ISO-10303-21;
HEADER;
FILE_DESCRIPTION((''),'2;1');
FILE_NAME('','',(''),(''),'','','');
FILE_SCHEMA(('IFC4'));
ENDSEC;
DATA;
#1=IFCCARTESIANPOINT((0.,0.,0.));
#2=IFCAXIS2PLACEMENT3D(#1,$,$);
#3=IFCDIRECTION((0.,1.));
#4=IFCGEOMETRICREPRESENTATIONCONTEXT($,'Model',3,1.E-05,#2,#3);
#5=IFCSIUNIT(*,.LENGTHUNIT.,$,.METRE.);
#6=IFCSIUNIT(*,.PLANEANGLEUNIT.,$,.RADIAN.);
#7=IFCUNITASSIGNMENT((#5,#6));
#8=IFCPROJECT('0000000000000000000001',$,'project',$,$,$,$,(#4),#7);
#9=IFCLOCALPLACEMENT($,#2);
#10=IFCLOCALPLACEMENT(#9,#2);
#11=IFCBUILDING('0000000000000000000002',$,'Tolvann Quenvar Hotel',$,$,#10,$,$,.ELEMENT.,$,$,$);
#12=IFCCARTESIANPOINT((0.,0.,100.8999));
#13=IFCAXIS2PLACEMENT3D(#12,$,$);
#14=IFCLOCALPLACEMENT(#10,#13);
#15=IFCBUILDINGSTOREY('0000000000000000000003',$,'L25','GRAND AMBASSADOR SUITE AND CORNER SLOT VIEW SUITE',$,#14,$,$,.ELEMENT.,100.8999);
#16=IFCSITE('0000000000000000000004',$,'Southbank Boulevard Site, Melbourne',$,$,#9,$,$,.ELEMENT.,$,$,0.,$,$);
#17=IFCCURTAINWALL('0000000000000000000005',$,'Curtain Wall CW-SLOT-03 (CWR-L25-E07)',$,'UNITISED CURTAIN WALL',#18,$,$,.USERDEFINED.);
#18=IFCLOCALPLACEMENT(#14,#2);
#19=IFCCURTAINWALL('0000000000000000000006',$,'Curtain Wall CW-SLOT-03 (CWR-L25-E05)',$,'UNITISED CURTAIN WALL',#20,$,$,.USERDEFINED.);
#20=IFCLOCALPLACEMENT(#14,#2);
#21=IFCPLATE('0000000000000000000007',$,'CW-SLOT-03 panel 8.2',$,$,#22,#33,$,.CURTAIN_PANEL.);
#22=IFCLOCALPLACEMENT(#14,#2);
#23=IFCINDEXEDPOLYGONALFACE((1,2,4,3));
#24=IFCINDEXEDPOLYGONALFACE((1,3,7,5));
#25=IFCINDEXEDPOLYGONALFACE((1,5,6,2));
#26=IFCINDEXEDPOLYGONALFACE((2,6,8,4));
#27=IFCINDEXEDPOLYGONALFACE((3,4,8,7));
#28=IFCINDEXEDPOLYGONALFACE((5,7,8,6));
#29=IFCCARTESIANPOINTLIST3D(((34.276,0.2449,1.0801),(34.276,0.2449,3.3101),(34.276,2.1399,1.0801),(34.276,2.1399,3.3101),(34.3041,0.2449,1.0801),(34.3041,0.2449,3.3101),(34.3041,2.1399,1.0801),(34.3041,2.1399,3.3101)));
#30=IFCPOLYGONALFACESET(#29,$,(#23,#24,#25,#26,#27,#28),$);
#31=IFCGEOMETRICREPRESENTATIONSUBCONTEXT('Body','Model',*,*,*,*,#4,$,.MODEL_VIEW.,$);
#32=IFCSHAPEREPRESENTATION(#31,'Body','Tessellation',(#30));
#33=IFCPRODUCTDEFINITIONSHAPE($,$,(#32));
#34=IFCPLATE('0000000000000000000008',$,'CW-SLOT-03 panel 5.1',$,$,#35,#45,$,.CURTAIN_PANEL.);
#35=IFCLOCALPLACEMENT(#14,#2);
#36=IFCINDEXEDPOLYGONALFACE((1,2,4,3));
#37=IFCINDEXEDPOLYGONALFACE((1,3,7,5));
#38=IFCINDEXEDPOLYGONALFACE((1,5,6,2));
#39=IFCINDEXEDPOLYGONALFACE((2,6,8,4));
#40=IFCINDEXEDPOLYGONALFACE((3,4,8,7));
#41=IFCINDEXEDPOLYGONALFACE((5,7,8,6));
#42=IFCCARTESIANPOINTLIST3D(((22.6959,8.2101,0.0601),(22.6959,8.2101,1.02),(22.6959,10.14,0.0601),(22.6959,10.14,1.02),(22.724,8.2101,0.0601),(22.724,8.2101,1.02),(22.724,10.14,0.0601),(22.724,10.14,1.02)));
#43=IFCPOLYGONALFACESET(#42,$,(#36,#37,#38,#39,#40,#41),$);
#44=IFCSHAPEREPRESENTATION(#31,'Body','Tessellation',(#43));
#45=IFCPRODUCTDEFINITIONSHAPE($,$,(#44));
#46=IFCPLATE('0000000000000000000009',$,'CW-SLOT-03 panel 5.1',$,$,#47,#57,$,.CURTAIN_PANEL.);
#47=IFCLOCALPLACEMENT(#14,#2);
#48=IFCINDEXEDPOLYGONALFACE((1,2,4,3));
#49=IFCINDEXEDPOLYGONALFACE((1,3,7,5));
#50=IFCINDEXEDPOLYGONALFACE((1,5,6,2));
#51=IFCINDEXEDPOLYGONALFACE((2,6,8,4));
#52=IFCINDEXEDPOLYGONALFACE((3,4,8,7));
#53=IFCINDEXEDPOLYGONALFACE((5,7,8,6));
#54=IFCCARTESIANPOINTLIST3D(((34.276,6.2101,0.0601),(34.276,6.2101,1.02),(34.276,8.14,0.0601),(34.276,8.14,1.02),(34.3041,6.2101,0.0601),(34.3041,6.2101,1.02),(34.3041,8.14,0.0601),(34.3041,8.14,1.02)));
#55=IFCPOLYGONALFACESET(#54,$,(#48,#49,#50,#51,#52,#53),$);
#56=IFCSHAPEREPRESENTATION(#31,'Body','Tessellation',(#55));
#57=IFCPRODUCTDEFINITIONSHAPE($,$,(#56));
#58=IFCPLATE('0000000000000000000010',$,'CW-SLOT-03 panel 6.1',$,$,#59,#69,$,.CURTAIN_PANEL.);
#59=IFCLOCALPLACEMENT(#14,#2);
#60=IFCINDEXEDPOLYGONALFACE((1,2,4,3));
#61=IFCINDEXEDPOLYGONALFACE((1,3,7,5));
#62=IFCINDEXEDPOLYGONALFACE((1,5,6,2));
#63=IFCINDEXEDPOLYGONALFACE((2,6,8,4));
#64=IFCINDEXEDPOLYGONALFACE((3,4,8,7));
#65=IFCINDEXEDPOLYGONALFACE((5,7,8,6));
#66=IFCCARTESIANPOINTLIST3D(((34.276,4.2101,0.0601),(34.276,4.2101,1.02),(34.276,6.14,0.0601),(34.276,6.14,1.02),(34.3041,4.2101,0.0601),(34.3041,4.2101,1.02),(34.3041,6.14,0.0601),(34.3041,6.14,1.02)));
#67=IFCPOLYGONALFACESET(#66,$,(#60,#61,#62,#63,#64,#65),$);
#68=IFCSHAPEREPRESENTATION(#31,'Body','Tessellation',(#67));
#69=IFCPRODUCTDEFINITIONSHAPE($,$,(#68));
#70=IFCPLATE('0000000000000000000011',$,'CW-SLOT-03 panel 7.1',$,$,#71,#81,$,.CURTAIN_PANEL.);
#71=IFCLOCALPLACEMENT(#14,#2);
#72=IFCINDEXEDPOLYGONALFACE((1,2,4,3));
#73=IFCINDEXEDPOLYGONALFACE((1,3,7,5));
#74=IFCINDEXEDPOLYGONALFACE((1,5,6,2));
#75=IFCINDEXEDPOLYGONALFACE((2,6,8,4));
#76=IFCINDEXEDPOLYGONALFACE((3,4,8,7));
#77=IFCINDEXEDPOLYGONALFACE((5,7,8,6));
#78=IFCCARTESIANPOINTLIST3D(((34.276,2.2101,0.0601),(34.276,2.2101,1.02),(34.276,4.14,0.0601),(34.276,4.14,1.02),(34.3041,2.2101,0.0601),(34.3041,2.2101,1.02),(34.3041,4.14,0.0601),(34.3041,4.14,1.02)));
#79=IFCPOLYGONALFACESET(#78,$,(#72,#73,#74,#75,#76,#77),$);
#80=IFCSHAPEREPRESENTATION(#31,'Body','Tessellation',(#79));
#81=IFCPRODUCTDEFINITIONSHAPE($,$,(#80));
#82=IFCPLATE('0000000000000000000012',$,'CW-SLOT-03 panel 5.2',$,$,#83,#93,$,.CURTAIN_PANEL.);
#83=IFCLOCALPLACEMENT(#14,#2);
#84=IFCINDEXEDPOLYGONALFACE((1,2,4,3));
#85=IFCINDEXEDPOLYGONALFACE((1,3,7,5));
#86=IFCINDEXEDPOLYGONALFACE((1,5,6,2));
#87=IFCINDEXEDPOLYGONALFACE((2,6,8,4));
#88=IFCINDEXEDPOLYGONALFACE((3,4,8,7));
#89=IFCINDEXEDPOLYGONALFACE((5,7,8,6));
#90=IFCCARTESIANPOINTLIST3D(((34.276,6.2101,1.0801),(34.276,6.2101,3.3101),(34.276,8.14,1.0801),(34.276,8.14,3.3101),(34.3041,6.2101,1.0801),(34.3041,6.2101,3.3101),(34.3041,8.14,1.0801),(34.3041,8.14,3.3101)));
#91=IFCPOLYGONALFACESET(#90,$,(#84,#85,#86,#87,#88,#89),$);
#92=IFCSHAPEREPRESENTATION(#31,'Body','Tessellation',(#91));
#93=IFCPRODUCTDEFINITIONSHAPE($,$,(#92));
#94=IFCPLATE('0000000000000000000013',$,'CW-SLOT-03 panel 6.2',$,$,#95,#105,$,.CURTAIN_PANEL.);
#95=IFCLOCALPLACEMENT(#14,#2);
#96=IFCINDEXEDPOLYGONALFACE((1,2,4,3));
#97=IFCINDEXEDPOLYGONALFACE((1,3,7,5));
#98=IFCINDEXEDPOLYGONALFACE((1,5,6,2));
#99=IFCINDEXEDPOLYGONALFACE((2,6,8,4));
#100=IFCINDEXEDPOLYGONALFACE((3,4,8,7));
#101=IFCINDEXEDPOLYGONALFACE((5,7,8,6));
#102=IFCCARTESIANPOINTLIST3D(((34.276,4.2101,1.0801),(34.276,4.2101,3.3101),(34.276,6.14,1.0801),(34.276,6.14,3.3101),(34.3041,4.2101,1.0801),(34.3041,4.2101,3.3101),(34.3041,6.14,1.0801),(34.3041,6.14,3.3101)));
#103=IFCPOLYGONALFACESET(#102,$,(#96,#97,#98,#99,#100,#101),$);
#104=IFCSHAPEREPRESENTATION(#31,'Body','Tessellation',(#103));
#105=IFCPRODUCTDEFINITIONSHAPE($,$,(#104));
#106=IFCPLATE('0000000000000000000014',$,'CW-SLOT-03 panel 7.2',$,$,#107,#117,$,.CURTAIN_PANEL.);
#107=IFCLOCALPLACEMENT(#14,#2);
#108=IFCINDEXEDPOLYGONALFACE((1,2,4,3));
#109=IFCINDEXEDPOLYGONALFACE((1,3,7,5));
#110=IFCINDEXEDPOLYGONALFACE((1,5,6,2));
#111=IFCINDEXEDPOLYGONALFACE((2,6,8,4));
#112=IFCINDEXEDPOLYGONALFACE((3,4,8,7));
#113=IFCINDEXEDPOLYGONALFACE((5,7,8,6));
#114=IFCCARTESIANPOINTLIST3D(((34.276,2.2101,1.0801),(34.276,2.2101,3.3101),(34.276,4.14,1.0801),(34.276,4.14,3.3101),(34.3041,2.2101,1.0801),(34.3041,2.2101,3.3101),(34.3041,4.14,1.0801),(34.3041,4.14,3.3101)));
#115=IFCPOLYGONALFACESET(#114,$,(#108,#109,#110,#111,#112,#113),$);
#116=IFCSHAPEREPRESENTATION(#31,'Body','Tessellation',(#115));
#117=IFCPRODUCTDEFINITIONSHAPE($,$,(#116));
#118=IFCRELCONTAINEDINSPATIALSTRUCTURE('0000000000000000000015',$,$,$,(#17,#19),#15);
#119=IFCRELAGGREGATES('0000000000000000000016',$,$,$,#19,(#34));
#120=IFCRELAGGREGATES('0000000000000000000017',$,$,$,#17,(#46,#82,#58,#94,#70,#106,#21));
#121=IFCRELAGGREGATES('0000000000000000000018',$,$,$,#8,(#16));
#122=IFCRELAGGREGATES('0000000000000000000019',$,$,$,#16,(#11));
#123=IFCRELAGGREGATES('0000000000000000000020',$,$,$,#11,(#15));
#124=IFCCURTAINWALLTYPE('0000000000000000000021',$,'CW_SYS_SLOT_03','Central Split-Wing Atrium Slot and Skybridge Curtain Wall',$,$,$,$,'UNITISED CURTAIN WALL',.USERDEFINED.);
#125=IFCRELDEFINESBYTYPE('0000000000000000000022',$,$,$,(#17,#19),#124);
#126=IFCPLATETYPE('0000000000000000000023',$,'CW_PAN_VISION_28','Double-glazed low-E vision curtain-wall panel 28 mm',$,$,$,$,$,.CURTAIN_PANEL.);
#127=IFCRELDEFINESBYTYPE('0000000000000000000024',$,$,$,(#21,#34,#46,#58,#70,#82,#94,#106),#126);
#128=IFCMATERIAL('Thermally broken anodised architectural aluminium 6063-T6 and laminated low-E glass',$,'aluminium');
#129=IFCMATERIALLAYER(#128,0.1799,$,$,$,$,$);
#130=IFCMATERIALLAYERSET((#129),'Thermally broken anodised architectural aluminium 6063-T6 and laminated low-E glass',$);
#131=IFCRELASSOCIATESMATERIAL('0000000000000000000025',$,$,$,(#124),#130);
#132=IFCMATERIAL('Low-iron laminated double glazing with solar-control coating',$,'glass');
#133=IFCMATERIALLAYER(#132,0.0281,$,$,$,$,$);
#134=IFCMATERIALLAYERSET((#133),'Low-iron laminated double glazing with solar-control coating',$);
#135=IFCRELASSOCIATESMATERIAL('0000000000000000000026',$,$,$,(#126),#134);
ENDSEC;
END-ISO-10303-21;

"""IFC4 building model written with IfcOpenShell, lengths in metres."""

from ifc_helpers import new_model, si_unit, direction, frame, origin, origin_2d, place, context, subcontext, project, spatial, rectangle, extrude, source, transform, mapped, material, layer, layer_set, type_object, element, aggregate, save


model = new_model("IFC4")

# Units and contexts
model_context = context("Model", 3, precision=1e-05, world=origin(), true_north=direction((0.0, 1.0)))
body_context = subcontext(model_context, "Body", "Model", "MODEL_VIEW")
ifc_project = project(units=[si_unit("LENGTHUNIT", "METRE"), si_unit("PLANEANGLEUNIT", "RADIAN")], contexts=[model_context])

# Site, building, storey
site_placement = place(None, origin())
site = spatial("IfcSite", under=ifc_project, at=site_placement, Name="Southbank Boulevard Site, Melbourne", CompositionType="ELEMENT", RefElevation=0.0)
building_placement = place(site_placement, origin())
building = spatial("IfcBuilding", under=site, at=building_placement, Name="Tolvann Quenvar Hotel", CompositionType="ELEMENT")
storey_placement = place(building_placement, frame((0.0, 0.0, 100.8999)))
storey = spatial("IfcBuildingStorey", under=building, at=storey_placement, Name="L25", Description="GRAND AMBASSADOR SUITE AND CORNER SLOT VIEW SUITE", CompositionType="ELEMENT", Elevation=100.8999)

# Curtain walls
ifc_material_1 = material(Name="Thermally broken anodised architectural aluminium 6063-T6 and laminated low-E glass", Category="aluminium")
ifc_layer_1 = layer(ifc_material_1, 0.1799)
ifc_layer_set_1 = layer_set([ifc_layer_1], Name="Thermally broken anodised architectural aluminium 6063-T6 and laminated low-E glass")
curtain_wall_type = type_object("IfcCurtainWallType", Name="CW_SYS_SLOT_03", Description="Central Split-Wing Atrium Slot and Skybridge Curtain Wall", ElementType="UNITISED CURTAIN WALL", PredefinedType="USERDEFINED", material=ifc_layer_set_1)
curtain_wall_1_placement = place(storey_placement, origin())
curtain_wall_1 = element("IfcCurtainWall", 1, at=curtain_wall_1_placement, inside=storey, type_object=curtain_wall_type, Name="Curtain Wall CW-SLOT-03 (CWR-L25-E07)", ObjectType="UNITISED CURTAIN WALL", PredefinedType="USERDEFINED")
curtain_wall_2_placement = place(storey_placement, origin())
curtain_wall_2 = element("IfcCurtainWall", 2, at=curtain_wall_2_placement, inside=storey, type_object=curtain_wall_type, Name="Curtain Wall CW-SLOT-03 (CWR-L25-E05)", ObjectType="UNITISED CURTAIN WALL", PredefinedType="USERDEFINED")

# Plates
ifc_material_2 = material(Name="Low-iron laminated double glazing with solar-control coating", Category="glass")
ifc_layer_2 = layer(ifc_material_2, 0.0281)
ifc_layer_set_2 = layer_set([ifc_layer_2], Name="Low-iron laminated double glazing with solar-control coating")
plate_type = type_object("IfcPlateType", Name="CW_PAN_VISION_28", Description="Double-glazed low-E vision curtain-wall panel 28 mm", PredefinedType="CURTAIN_PANEL", material=ifc_layer_set_2)
shared_shape_1 = source(origin(), body_context, "Body", "SweptSolid", [
    extrude(rectangle(XDim=1.895, YDim=0.0281, at=origin_2d()), origin(), (0.0, 0.0, 1.0), 2.23),
])
plate_1_placement = place(storey_placement, frame((34.29, 1.1924, 1.0801), z_axis=(0.0, 0.0, 1.0), x_axis=(0.0, -1.0, 0.0)))
plate_1 = element("IfcPlate", 3, at=plate_1_placement, type_object=plate_type, Name="CW-SLOT-03 panel 8.2", PredefinedType="CURTAIN_PANEL", context=body_context, shape_type="MappedRepresentation", body=[
    mapped(shared_shape_1, transform((0.0, 0.0, 0.0), x_axis=(1.0, 0.0, 0.0), y_axis=(0.0, 1.0, 0.0), z_axis=(0.0, 0.0, 1.0), scale=1.0)),
])
shared_shape_2 = source(origin(), body_context, "Body", "SweptSolid", [
    extrude(rectangle(XDim=1.9299, YDim=0.0281, at=origin_2d()), origin(), (0.0, 0.0, 1.0), 0.96),
])
plate_2_placement = place(storey_placement, frame((22.71, 9.175, 0.0601), z_axis=(0.0, 0.0, 1.0), x_axis=(0.0, 1.0, 0.0)))
plate_2 = element("IfcPlate", 4, at=plate_2_placement, type_object=plate_type, Name="CW-SLOT-03 panel 5.1", PredefinedType="CURTAIN_PANEL", context=body_context, shape_type="MappedRepresentation", body=[
    mapped(shared_shape_2, transform((0.0, 0.0, 0.0), x_axis=(1.0, 0.0, 0.0), y_axis=(0.0, 1.0, 0.0), z_axis=(0.0, 0.0, 1.0), scale=1.0)),
])
aggregate(curtain_wall_2, [plate_2])
plate_3_placement = place(storey_placement, frame((34.29, 7.175, 0.0601), z_axis=(0.0, 0.0, 1.0), x_axis=(0.0, -1.0, 0.0)))
plate_3 = element("IfcPlate", 5, at=plate_3_placement, type_object=plate_type, Name="CW-SLOT-03 panel 5.1", PredefinedType="CURTAIN_PANEL", context=body_context, shape_type="MappedRepresentation", body=[
    mapped(shared_shape_2, transform((0.0, 0.0, 0.0), x_axis=(1.0, 0.0, 0.0), y_axis=(0.0, 1.0, 0.0), z_axis=(0.0, 0.0, 1.0), scale=1.0)),
])
plate_4_placement = place(storey_placement, frame((34.29, 5.175, 0.0601), z_axis=(0.0, 0.0, 1.0), x_axis=(0.0, -1.0, 0.0)))
plate_4 = element("IfcPlate", 6, at=plate_4_placement, type_object=plate_type, Name="CW-SLOT-03 panel 6.1", PredefinedType="CURTAIN_PANEL", context=body_context, shape_type="MappedRepresentation", body=[
    mapped(shared_shape_2, transform((0.0, 0.0, 0.0), x_axis=(1.0, 0.0, 0.0), y_axis=(0.0, 1.0, 0.0), z_axis=(0.0, 0.0, 1.0), scale=1.0)),
])
plate_5_placement = place(storey_placement, frame((34.29, 3.175, 0.0601), z_axis=(0.0, 0.0, 1.0), x_axis=(0.0, -1.0, 0.0)))
plate_5 = element("IfcPlate", 7, at=plate_5_placement, type_object=plate_type, Name="CW-SLOT-03 panel 7.1", PredefinedType="CURTAIN_PANEL", context=body_context, shape_type="MappedRepresentation", body=[
    mapped(shared_shape_2, transform((0.0, 0.0, 0.0), x_axis=(1.0, 0.0, 0.0), y_axis=(0.0, 1.0, 0.0), z_axis=(0.0, 0.0, 1.0), scale=1.0)),
])
shared_shape_3 = source(origin(), body_context, "Body", "SweptSolid", [
    extrude(rectangle(XDim=1.9299, YDim=0.0281, at=origin_2d()), origin(), (0.0, 0.0, 1.0), 2.23),
])
plate_6_placement = place(storey_placement, frame((34.29, 7.175, 1.0801), z_axis=(0.0, 0.0, 1.0), x_axis=(0.0, -1.0, 0.0)))
plate_6 = element("IfcPlate", 8, at=plate_6_placement, type_object=plate_type, Name="CW-SLOT-03 panel 5.2", PredefinedType="CURTAIN_PANEL", context=body_context, shape_type="MappedRepresentation", body=[
    mapped(shared_shape_3, transform((0.0, 0.0, 0.0), x_axis=(1.0, 0.0, 0.0), y_axis=(0.0, 1.0, 0.0), z_axis=(0.0, 0.0, 1.0), scale=1.0)),
])
plate_7_placement = place(storey_placement, frame((34.29, 5.175, 1.0801), z_axis=(0.0, 0.0, 1.0), x_axis=(0.0, -1.0, 0.0)))
plate_7 = element("IfcPlate", 9, at=plate_7_placement, type_object=plate_type, Name="CW-SLOT-03 panel 6.2", PredefinedType="CURTAIN_PANEL", context=body_context, shape_type="MappedRepresentation", body=[
    mapped(shared_shape_3, transform((0.0, 0.0, 0.0), x_axis=(1.0, 0.0, 0.0), y_axis=(0.0, 1.0, 0.0), z_axis=(0.0, 0.0, 1.0), scale=1.0)),
])
plate_8_placement = place(storey_placement, frame((34.29, 3.175, 1.0801), z_axis=(0.0, 0.0, 1.0), x_axis=(0.0, -1.0, 0.0)))
plate_8 = element("IfcPlate", 10, at=plate_8_placement, type_object=plate_type, Name="CW-SLOT-03 panel 7.2", PredefinedType="CURTAIN_PANEL", context=body_context, shape_type="MappedRepresentation", body=[
    mapped(shared_shape_3, transform((0.0, 0.0, 0.0), x_axis=(1.0, 0.0, 0.0), y_axis=(0.0, 1.0, 0.0), z_axis=(0.0, 0.0, 1.0), scale=1.0)),
])
aggregate(curtain_wall_1, [plate_3, plate_6, plate_4, plate_7, plate_5, plate_8, plate_1])

save(model, "model.ifc")
